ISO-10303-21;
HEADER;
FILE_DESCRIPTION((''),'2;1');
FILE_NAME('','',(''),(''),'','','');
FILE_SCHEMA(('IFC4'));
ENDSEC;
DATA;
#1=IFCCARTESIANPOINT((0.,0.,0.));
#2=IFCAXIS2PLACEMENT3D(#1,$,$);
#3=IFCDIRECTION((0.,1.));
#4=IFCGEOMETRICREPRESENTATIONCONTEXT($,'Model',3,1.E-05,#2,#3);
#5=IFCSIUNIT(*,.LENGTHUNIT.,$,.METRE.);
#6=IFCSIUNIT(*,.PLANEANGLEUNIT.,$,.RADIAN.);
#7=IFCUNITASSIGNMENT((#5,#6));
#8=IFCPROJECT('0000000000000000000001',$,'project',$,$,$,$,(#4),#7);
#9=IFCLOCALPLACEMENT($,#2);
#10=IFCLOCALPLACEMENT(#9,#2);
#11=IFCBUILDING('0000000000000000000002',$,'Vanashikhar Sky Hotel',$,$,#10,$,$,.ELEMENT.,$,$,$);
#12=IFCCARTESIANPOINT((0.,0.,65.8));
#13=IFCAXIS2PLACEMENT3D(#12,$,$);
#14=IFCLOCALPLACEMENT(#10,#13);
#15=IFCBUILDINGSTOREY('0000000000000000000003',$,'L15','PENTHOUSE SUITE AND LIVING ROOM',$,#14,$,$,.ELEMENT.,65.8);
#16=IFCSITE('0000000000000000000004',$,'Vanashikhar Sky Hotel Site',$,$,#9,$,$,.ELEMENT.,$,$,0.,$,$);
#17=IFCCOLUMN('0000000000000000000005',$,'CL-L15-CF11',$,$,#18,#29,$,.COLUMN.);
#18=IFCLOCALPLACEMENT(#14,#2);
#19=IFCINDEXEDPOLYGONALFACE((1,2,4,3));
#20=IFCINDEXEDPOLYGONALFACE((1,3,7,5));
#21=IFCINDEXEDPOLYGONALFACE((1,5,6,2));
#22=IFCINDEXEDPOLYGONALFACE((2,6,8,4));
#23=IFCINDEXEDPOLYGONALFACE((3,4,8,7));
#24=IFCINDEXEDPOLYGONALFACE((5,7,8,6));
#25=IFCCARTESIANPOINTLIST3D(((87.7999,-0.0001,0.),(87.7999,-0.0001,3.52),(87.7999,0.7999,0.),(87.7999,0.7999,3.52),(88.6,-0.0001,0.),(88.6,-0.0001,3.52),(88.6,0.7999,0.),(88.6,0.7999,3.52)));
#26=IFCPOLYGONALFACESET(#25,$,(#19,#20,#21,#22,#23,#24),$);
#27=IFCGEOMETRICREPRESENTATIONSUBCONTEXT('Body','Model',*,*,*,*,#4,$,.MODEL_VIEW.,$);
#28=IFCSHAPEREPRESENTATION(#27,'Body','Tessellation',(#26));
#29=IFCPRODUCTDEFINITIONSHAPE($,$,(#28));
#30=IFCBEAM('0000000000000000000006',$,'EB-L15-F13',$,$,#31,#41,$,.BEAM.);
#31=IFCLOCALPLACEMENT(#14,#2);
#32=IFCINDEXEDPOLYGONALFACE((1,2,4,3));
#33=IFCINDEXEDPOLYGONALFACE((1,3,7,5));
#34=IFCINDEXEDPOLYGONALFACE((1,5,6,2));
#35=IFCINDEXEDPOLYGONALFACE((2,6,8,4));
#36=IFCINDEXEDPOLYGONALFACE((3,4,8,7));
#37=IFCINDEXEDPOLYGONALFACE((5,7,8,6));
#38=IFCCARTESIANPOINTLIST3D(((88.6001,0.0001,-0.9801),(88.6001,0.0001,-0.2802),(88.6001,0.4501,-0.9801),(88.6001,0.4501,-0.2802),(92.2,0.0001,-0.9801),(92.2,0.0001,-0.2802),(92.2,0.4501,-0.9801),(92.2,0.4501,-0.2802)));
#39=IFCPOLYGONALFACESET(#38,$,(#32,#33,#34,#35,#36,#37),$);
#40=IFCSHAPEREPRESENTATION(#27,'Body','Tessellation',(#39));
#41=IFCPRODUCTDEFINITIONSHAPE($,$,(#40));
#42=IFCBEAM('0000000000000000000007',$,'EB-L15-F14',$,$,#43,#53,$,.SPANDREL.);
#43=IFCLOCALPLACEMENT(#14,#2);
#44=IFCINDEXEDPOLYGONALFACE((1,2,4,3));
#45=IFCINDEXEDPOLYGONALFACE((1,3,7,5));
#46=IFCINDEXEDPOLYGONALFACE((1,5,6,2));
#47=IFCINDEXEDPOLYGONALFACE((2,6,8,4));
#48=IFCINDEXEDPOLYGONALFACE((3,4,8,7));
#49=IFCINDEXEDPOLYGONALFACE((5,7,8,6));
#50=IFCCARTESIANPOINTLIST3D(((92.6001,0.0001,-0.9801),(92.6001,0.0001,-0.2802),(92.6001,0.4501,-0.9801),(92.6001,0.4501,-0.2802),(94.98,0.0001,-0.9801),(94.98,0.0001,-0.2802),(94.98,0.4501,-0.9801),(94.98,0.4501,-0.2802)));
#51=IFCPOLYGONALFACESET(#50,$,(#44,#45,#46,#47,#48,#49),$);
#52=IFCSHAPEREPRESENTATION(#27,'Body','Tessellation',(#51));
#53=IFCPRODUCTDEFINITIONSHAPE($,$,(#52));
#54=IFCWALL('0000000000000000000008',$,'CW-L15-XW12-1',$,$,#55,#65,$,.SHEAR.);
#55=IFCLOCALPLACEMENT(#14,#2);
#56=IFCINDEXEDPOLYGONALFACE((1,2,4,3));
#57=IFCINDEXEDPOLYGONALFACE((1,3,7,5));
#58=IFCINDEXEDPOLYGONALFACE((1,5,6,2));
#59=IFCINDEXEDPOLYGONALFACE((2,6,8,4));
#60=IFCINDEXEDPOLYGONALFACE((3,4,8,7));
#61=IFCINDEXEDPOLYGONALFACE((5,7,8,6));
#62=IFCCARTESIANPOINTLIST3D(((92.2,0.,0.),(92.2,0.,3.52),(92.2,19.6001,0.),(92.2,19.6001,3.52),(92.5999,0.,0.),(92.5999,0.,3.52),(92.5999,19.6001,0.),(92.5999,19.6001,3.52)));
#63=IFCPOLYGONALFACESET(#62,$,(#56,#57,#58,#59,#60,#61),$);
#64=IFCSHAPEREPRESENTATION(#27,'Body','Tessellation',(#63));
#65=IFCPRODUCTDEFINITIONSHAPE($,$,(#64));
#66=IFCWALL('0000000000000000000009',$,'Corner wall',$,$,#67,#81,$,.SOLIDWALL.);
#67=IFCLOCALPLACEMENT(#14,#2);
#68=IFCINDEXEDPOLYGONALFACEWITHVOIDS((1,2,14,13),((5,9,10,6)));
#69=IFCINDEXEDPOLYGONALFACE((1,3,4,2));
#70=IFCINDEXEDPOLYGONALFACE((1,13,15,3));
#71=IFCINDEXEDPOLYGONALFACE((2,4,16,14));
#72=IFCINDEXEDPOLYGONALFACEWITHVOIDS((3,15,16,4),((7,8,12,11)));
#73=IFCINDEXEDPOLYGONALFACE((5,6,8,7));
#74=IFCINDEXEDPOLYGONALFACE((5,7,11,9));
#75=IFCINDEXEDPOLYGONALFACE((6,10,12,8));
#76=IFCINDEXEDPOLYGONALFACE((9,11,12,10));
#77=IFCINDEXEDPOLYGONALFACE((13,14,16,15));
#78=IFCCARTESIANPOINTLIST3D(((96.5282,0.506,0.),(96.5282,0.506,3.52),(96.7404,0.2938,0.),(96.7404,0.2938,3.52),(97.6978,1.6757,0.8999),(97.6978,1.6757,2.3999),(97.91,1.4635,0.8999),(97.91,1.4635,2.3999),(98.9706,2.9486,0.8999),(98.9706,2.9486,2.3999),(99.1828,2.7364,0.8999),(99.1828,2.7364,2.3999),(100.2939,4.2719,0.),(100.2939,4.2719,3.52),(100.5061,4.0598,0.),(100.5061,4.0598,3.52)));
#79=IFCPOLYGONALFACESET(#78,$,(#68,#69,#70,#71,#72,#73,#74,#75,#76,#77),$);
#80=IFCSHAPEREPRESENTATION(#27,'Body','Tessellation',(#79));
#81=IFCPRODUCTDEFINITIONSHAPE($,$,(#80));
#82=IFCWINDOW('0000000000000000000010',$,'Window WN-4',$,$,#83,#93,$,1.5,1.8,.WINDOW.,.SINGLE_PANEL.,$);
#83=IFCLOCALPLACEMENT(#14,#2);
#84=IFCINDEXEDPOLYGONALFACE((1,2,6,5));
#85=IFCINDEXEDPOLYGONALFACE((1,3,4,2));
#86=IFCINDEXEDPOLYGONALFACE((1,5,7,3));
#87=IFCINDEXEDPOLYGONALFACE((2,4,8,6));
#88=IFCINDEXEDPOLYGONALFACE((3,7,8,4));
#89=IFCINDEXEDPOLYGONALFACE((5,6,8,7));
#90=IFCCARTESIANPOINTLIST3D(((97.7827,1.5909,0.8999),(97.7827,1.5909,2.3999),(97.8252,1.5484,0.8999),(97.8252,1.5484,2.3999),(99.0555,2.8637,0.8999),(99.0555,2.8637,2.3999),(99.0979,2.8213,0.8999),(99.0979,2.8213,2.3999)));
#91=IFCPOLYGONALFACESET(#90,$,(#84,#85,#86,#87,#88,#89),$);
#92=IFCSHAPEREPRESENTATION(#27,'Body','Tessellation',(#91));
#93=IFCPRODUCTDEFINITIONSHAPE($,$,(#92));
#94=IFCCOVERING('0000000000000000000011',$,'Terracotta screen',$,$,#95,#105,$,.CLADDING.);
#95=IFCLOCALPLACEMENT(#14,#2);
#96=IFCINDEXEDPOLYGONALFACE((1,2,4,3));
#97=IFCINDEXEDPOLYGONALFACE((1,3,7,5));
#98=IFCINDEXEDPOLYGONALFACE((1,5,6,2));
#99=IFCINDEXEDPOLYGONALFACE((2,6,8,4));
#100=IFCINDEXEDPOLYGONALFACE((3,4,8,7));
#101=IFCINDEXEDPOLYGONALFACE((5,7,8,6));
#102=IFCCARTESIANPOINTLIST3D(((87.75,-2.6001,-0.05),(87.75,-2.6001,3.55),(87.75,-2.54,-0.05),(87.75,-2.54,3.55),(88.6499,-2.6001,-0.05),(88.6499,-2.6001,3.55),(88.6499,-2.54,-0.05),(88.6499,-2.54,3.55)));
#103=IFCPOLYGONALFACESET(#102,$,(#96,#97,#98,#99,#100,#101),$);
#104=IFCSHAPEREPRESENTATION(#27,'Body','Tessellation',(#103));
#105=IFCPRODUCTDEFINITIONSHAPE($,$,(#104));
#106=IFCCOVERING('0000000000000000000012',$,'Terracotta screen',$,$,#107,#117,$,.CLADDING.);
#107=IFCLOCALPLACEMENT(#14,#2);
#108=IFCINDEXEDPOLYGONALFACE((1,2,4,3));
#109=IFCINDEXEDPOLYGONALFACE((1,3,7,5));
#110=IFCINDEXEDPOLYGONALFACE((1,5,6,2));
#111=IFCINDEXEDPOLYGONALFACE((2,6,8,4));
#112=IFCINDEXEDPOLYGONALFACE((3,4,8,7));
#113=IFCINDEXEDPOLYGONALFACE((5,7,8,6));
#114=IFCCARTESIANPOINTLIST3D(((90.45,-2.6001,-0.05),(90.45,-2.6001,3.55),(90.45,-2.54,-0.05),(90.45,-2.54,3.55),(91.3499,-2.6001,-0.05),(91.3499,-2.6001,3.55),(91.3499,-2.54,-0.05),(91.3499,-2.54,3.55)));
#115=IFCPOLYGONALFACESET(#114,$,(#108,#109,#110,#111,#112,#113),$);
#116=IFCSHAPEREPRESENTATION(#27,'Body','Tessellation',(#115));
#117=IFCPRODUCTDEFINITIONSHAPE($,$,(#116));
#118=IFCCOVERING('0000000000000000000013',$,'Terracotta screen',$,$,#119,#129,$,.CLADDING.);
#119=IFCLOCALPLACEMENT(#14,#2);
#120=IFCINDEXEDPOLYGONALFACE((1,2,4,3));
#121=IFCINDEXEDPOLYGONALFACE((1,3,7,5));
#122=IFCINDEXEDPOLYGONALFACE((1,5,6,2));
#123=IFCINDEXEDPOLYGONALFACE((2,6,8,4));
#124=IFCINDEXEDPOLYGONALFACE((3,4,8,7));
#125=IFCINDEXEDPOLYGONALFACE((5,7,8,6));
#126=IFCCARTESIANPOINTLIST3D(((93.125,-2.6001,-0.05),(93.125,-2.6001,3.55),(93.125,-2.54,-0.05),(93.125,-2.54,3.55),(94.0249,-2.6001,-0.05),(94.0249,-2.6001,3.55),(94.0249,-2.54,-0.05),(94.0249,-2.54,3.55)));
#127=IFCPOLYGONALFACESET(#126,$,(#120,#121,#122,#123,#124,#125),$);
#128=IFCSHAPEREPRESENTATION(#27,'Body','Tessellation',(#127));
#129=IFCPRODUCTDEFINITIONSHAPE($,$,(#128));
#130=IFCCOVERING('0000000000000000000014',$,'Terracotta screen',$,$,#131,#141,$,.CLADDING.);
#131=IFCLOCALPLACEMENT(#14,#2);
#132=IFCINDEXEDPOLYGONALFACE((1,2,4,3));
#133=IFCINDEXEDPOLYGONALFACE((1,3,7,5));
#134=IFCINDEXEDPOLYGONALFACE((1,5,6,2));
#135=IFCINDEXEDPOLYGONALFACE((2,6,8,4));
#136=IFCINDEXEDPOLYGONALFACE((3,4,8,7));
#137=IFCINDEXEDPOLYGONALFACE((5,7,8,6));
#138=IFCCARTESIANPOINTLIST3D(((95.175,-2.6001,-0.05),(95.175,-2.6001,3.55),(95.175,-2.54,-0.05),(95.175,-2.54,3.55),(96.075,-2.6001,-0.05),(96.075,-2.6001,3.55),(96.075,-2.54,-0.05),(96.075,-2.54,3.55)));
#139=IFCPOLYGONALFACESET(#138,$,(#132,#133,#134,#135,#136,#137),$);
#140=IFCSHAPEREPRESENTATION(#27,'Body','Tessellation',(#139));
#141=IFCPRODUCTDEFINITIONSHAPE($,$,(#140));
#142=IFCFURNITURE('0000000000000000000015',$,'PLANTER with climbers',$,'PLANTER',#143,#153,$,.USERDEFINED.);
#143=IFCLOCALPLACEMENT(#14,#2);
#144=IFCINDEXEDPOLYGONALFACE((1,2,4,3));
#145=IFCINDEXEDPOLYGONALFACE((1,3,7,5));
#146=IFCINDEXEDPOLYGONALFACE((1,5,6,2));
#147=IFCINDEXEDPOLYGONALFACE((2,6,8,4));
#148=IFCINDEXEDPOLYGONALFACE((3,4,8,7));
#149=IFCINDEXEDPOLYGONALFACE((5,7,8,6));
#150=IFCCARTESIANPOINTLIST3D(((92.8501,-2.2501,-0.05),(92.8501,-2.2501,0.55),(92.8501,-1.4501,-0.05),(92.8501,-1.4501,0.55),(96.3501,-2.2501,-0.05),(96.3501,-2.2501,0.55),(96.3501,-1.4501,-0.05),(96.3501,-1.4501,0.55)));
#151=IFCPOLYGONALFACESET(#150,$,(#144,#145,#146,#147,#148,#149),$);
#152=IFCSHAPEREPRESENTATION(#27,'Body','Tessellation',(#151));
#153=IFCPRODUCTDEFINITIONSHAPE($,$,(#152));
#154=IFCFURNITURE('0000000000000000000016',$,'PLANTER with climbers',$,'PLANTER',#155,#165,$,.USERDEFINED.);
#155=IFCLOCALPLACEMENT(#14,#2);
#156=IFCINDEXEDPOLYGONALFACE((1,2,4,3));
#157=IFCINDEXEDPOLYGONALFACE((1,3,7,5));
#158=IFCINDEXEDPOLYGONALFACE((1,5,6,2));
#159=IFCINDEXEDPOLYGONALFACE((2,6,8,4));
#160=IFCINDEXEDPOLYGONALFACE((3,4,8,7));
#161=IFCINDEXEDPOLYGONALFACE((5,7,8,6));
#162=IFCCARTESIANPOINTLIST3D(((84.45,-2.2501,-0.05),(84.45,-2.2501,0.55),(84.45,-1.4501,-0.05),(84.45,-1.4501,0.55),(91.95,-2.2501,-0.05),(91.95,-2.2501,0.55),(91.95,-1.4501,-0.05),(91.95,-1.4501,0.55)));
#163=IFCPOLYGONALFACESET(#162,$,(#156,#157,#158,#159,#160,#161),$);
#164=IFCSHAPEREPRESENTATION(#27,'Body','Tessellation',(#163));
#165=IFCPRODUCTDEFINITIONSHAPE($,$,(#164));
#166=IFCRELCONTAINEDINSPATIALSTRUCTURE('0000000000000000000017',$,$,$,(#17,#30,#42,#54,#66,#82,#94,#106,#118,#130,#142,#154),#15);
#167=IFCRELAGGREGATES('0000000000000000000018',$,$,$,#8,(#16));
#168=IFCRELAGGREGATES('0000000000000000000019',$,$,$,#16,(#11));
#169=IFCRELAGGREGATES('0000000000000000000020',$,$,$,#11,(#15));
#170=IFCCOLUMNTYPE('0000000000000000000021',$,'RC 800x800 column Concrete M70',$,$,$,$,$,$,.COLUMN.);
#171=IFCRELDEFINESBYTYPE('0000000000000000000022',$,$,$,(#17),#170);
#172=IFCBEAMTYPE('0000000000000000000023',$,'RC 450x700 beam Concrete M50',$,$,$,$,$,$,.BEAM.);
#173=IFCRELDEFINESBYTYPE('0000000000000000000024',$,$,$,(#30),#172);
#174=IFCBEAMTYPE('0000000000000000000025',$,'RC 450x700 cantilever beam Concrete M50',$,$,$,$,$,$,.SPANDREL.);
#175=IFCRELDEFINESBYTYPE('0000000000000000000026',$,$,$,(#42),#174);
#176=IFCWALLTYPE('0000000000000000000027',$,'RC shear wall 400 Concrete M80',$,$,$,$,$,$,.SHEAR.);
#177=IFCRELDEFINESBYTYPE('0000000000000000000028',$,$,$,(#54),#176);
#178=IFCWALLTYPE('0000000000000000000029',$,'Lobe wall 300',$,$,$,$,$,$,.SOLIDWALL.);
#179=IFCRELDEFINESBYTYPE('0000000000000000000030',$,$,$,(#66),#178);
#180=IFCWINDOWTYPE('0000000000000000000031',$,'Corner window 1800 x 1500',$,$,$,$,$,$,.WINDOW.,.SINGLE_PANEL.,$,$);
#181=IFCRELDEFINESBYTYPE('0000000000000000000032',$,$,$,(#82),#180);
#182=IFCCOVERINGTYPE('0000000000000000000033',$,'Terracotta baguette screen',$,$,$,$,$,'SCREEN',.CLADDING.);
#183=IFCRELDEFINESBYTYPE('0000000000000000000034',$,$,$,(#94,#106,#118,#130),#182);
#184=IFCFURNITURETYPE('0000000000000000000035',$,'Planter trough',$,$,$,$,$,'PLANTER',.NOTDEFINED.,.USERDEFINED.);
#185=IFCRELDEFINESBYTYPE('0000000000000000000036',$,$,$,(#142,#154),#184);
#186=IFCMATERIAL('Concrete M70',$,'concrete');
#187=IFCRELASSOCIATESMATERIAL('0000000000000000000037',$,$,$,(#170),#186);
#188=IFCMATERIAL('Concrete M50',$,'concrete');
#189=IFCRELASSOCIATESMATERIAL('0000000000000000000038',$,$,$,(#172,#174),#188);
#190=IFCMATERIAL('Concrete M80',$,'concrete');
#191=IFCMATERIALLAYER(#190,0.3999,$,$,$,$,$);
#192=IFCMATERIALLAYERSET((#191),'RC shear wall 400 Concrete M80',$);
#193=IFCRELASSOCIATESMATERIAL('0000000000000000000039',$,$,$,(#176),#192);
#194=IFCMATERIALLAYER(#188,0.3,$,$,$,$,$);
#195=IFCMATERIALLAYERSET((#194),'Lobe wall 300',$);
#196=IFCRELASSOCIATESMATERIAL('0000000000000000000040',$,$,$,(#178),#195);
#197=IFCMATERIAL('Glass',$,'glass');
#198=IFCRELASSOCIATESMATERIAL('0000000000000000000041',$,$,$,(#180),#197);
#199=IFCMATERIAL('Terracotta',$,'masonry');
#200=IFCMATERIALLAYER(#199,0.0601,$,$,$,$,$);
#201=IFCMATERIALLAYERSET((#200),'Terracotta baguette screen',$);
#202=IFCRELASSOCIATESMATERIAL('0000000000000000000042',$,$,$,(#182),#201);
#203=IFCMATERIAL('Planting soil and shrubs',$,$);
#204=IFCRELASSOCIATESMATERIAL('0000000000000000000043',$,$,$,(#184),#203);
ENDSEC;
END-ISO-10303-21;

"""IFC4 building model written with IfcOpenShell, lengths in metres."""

from ifc_helpers import new_model, si_unit, direction, frame, frame_2d, origin, origin_2d, place, context, subcontext, project, spatial, rectangle, extrude, source, transform, mapped, material, layer, layer_set, material_profile, profile_set, type_object, element, fill, save


model = new_model("IFC4")

# Units and contexts
model_context = context("Model", 3, precision=1e-05, world=origin(), true_north=direction((0.0, 1.0)))
body_context = subcontext(model_context, "Body", "Model", "MODEL_VIEW")
ifc_project = project(units=[si_unit("LENGTHUNIT", "METRE"), si_unit("PLANEANGLEUNIT", "RADIAN")], contexts=[model_context])

# Site, building, storey
site_placement = place(None, origin())
site = spatial("IfcSite", under=ifc_project, at=site_placement, Name="Vanashikhar Sky Hotel Site", CompositionType="ELEMENT", RefElevation=0.0)
building_placement = place(site_placement, origin())
building = spatial("IfcBuilding", under=site, at=building_placement, Name="Vanashikhar Sky Hotel", CompositionType="ELEMENT")
storey_placement = place(building_placement, frame((0.0, 0.0, 65.8)))
storey = spatial("IfcBuildingStorey", under=building, at=storey_placement, Name="L15", Description="PENTHOUSE SUITE AND LIVING ROOM", CompositionType="ELEMENT", Elevation=65.8)

# Column
ifc_material_1 = material(Name="Concrete M70", Category="concrete")
ifc_material_profile_1 = material_profile(ifc_material_1, rectangle(XDim=0.8, YDim=0.8, at=origin_2d()))
ifc_profile_set_1 = profile_set([ifc_material_profile_1], Name="RC 800x800 column Concrete M70")
column_type = type_object("IfcColumnType", Name="RC 800x800 column Concrete M70", PredefinedType="COLUMN", material=ifc_profile_set_1)
shared_shape_1 = source(origin(), body_context, "Body", "SweptSolid", [
    extrude(rectangle(XDim=0.8, YDim=0.8, at=origin_2d()), origin(), (0.0, 0.0, 1.0), 3.52),
])
column_placement = place(storey_placement, frame((88.2, 0.3999, 0.0), z_axis=(0.0, 0.0, 1.0), x_axis=(1.0, 0.0, 0.0)))
element("IfcColumn", 1, at=column_placement, inside=storey, type_object=column_type, Name="CL-L15-CF11", PredefinedType="COLUMN", context=body_context, shape_type="MappedRepresentation", body=[
    mapped(shared_shape_1, transform((0.0, 0.0, 0.0), scale=1.0)),
])

# Beams
ifc_material_2 = material(Name="Concrete M50", Category="concrete")
ifc_material_profile_2 = material_profile(ifc_material_2, rectangle(XDim=0.45, YDim=0.7, at=origin_2d()))
ifc_profile_set_2 = profile_set([ifc_material_profile_2], Name="RC 450x700 beam Concrete M50")
beam_type_1 = type_object("IfcBeamType", Name="RC 450x700 beam Concrete M50", PredefinedType="BEAM", material=ifc_profile_set_2)
shared_shape_2 = source(origin(), body_context, "Body", "SweptSolid", [
    extrude(rectangle(XDim=0.45, YDim=0.7, at=origin_2d()), origin(), (0.0, 0.0, 1.0), 3.5999),
])
beam_1_placement = place(storey_placement, frame((88.6001, 0.2251, -0.6301), z_axis=(1.0, 0.0, 0.0), x_axis=(0.0, 1.0, 0.0)))
element("IfcBeam", 2, at=beam_1_placement, inside=storey, type_object=beam_type_1, Name="EB-L15-F13", PredefinedType="BEAM", context=body_context, shape_type="MappedRepresentation", body=[
    mapped(shared_shape_2, transform((0.0, 0.0, 0.0), scale=1.0)),
])
ifc_material_profile_3 = material_profile(ifc_material_2, rectangle(XDim=0.45, YDim=0.7, at=origin_2d()))
ifc_profile_set_3 = profile_set([ifc_material_profile_3], Name="RC 450x700 cantilever beam Concrete M50")
beam_type_2 = type_object("IfcBeamType", Name="RC 450x700 cantilever beam Concrete M50", PredefinedType="SPANDREL", material=ifc_profile_set_3)
shared_shape_3 = source(origin(), body_context, "Body", "SweptSolid", [
    extrude(rectangle(XDim=0.45, YDim=0.7, at=origin_2d()), origin(), (0.0, 0.0, 1.0), 2.3799),
])
beam_2_placement = place(storey_placement, frame((92.6001, 0.2251, -0.6301), z_axis=(1.0, 0.0, 0.0), x_axis=(0.0, 1.0, 0.0)))
element("IfcBeam", 3, at=beam_2_placement, inside=storey, type_object=beam_type_2, Name="EB-L15-F14", PredefinedType="SPANDREL", context=body_context, shape_type="MappedRepresentation", body=[
    mapped(shared_shape_3, transform((0.0, 0.0, 0.0), scale=1.0)),
])

# Wall
ifc_material_3 = material(Name="Concrete M80", Category="concrete")
ifc_layer_1 = layer(ifc_material_3, 0.3999)
ifc_layer_set_1 = layer_set([ifc_layer_1], Name="RC shear wall 400 Concrete M80")
wall_type_1 = type_object("IfcWallType", Name="RC shear wall 400 Concrete M80", PredefinedType="SHEAR", material=ifc_layer_set_1)
shared_shape_4 = source(origin(), body_context, "Body", "SweptSolid", [
    extrude(rectangle(XDim=19.6001, YDim=0.3999, at=frame_2d((9.8, 0.0))), origin(), (0.0, 0.0, 1.0), 3.52),
])
wall_1_placement = place(storey_placement, frame((92.3999, 0.0, 0.0), z_axis=(0.0, 0.0, 1.0), x_axis=(0.0, 1.0, 0.0)))
element("IfcWall", 4, at=wall_1_placement, inside=storey, type_object=wall_type_1, Name="CW-L15-XW12-1", PredefinedType="SHEAR", context=body_context, shape_type="MappedRepresentation", body=[
    mapped(shared_shape_4, transform((0.0, 0.0, 0.0), scale=1.0)),
])

# Wall, opening, window
ifc_layer_2 = layer(ifc_material_2, 0.3)
ifc_layer_set_2 = layer_set([ifc_layer_2], Name="Lobe wall 300")
wall_type_2 = type_object("IfcWallType", Name="Lobe wall 300", PredefinedType="SOLIDWALL", material=ifc_layer_set_2)
shared_shape_5 = source(origin(), body_context, "Body", "SweptSolid", [
    extrude(rectangle(XDim=5.3257, YDim=0.3, at=frame_2d((2.6628, 0.0))), origin(), (0.0, 0.0, 1.0), 3.52),
])
wall_2_placement = place(storey_placement, frame((96.6343, 0.3999, 0.0), z_axis=(0.0, 0.0, 1.0), x_axis=(0.707084, 0.70713, 0.0)))
wall_2 = element("IfcWall", 5, at=wall_2_placement, inside=storey, type_object=wall_type_2, Name="Corner wall", PredefinedType="SOLIDWALL", context=body_context, shape_type="MappedRepresentation", body=[
    mapped(shared_shape_5, transform((0.0, 0.0, 0.0), scale=1.0)),
])
shared_shape_6 = source(origin(), body_context, "Body", "SweptSolid", [
    extrude(rectangle(XDim=1.8, YDim=1.5, at=frame_2d((0.8999, 0.75))), frame((0.0, 0.1602, 0.0), z_axis=(0.0, -1.0, 0.0), x_axis=(1.0, 0.0, 0.0)), (0.0, 0.0, 1.0), 0.3201),
])
opening_1_placement = place(wall_2_placement, frame((1.6543, 0.0, 0.8999)))
opening_1 = element("IfcOpeningElement", 6, at=opening_1_placement, cuts=wall_2, PredefinedType="OPENING", context=body_context, shape_type="MappedRepresentation", body=[
    mapped(shared_shape_6, transform((0.0, 0.0, 0.0), scale=1.0)),
])
ifc_material_4 = material(Name="Glass", Category="glass")
window_type_1 = type_object("IfcWindowType", Name="Corner window 1800 x 1500", PartitioningType="SINGLE_PANEL", PredefinedType="WINDOW", material=ifc_material_4)
shared_shape_7 = source(origin(), body_context, "Body", "SweptSolid", [
    extrude(rectangle(XDim=1.8, YDim=1.5, at=frame_2d((0.8999, 0.75))), frame((0.0, 0.03, 0.0), z_axis=(0.0, -1.0, 0.0), x_axis=(1.0, 0.0, 0.0)), (0.0, 0.0, 1.0), 0.0601),
])
window_1_placement = place(opening_1_placement, origin())
window_1 = element("IfcWindow", 7, at=window_1_placement, inside=storey, type_object=window_type_1, Name="Window WN-4", OverallHeight=1.5, OverallWidth=1.8, PartitioningType="SINGLE_PANEL", PredefinedType="WINDOW", context=body_context, shape_type="MappedRepresentation", body=[
    mapped(shared_shape_7, transform((0.0, 0.0, 0.0), scale=1.0)),
])
fill(opening_1, window_1)

# Coverings
ifc_material_5 = material(Name="Terracotta", Category="masonry")
ifc_layer_3 = layer(ifc_material_5, 0.0601)
ifc_layer_set_3 = layer_set([ifc_layer_3], Name="Terracotta baguette screen")
covering_type = type_object("IfcCoveringType", Name="Terracotta baguette screen", ElementType="SCREEN", PredefinedType="CLADDING", material=ifc_layer_set_3)
shared_shape_8 = source(origin(), body_context, "Body", "SweptSolid", [
    extrude(rectangle(XDim=0.8999, YDim=0.0601, at=origin_2d()), origin(), (0.0, 0.0, 1.0), 3.6001),
])
for number, where, z_axis, x_axis, name in (
    (8, (88.2, -2.5701, -0.05), (0.0, 0.0, 1.0), (1.0, 0.0, 0.0), "Terracotta screen"),
    (9, (90.8999, -2.5701, -0.05), (0.0, 0.0, 1.0), (1.0, 0.0, 0.0), "Terracotta screen"),
    (10, (93.575, -2.5701, -0.05), (0.0, 0.0, 1.0), (1.0, 0.0, 0.0), "Terracotta screen"),
    (11, (95.625, -2.5701, -0.05), (0.0, 0.0, 1.0), (1.0, 0.0, 0.0), "Terracotta screen"),
):
    element("IfcCovering", number, at=place(storey_placement, frame(where, z_axis=z_axis, x_axis=x_axis)), inside=storey, type_object=covering_type, Name=name, PredefinedType="CLADDING", context=body_context, shape_type="MappedRepresentation", body=[
        mapped(shared_shape_8, transform((0.0, 0.0, 0.0), scale=1.0)),
    ])

# Furniture
ifc_material_6 = material(Name="Planting soil and shrubs")
furniture_type = type_object("IfcFurnitureType", Name="Planter trough", ElementType="PLANTER", AssemblyPlace="NOTDEFINED", PredefinedType="USERDEFINED", material=ifc_material_6)
shared_shape_9 = source(origin(), body_context, "Body", "SweptSolid", [
    extrude(rectangle(XDim=3.5, YDim=0.8, at=origin_2d()), origin(), (0.0, 0.0, 1.0), 0.6001),
])
furniture_1_placement = place(storey_placement, frame((94.6001, -1.8501, -0.05), z_axis=(0.0, 0.0, 1.0), x_axis=(1.0, 0.0, 0.0)))
element("IfcFurniture", 12, at=furniture_1_placement, inside=storey, type_object=furniture_type, Name="PLANTER with climbers", ObjectType="PLANTER", PredefinedType="USERDEFINED", context=body_context, shape_type="MappedRepresentation", body=[
    mapped(shared_shape_9, transform((0.0, 0.0, 0.0), scale=1.0)),
])
shared_shape_10 = source(origin(), body_context, "Body", "SweptSolid", [
    extrude(rectangle(XDim=7.5, YDim=0.8, at=origin_2d()), origin(), (0.0, 0.0, 1.0), 0.6001),
])
furniture_2_placement = place(storey_placement, frame((88.2, -1.8501, -0.05), z_axis=(0.0, 0.0, 1.0), x_axis=(1.0, 0.0, 0.0)))
element("IfcFurniture", 13, at=furniture_2_placement, inside=storey, type_object=furniture_type, Name="PLANTER with climbers", ObjectType="PLANTER", PredefinedType="USERDEFINED", context=body_context, shape_type="MappedRepresentation", body=[
    mapped(shared_shape_10, transform((0.0, 0.0, 0.0), scale=1.0)),
])

save(model, "model.ifc")
